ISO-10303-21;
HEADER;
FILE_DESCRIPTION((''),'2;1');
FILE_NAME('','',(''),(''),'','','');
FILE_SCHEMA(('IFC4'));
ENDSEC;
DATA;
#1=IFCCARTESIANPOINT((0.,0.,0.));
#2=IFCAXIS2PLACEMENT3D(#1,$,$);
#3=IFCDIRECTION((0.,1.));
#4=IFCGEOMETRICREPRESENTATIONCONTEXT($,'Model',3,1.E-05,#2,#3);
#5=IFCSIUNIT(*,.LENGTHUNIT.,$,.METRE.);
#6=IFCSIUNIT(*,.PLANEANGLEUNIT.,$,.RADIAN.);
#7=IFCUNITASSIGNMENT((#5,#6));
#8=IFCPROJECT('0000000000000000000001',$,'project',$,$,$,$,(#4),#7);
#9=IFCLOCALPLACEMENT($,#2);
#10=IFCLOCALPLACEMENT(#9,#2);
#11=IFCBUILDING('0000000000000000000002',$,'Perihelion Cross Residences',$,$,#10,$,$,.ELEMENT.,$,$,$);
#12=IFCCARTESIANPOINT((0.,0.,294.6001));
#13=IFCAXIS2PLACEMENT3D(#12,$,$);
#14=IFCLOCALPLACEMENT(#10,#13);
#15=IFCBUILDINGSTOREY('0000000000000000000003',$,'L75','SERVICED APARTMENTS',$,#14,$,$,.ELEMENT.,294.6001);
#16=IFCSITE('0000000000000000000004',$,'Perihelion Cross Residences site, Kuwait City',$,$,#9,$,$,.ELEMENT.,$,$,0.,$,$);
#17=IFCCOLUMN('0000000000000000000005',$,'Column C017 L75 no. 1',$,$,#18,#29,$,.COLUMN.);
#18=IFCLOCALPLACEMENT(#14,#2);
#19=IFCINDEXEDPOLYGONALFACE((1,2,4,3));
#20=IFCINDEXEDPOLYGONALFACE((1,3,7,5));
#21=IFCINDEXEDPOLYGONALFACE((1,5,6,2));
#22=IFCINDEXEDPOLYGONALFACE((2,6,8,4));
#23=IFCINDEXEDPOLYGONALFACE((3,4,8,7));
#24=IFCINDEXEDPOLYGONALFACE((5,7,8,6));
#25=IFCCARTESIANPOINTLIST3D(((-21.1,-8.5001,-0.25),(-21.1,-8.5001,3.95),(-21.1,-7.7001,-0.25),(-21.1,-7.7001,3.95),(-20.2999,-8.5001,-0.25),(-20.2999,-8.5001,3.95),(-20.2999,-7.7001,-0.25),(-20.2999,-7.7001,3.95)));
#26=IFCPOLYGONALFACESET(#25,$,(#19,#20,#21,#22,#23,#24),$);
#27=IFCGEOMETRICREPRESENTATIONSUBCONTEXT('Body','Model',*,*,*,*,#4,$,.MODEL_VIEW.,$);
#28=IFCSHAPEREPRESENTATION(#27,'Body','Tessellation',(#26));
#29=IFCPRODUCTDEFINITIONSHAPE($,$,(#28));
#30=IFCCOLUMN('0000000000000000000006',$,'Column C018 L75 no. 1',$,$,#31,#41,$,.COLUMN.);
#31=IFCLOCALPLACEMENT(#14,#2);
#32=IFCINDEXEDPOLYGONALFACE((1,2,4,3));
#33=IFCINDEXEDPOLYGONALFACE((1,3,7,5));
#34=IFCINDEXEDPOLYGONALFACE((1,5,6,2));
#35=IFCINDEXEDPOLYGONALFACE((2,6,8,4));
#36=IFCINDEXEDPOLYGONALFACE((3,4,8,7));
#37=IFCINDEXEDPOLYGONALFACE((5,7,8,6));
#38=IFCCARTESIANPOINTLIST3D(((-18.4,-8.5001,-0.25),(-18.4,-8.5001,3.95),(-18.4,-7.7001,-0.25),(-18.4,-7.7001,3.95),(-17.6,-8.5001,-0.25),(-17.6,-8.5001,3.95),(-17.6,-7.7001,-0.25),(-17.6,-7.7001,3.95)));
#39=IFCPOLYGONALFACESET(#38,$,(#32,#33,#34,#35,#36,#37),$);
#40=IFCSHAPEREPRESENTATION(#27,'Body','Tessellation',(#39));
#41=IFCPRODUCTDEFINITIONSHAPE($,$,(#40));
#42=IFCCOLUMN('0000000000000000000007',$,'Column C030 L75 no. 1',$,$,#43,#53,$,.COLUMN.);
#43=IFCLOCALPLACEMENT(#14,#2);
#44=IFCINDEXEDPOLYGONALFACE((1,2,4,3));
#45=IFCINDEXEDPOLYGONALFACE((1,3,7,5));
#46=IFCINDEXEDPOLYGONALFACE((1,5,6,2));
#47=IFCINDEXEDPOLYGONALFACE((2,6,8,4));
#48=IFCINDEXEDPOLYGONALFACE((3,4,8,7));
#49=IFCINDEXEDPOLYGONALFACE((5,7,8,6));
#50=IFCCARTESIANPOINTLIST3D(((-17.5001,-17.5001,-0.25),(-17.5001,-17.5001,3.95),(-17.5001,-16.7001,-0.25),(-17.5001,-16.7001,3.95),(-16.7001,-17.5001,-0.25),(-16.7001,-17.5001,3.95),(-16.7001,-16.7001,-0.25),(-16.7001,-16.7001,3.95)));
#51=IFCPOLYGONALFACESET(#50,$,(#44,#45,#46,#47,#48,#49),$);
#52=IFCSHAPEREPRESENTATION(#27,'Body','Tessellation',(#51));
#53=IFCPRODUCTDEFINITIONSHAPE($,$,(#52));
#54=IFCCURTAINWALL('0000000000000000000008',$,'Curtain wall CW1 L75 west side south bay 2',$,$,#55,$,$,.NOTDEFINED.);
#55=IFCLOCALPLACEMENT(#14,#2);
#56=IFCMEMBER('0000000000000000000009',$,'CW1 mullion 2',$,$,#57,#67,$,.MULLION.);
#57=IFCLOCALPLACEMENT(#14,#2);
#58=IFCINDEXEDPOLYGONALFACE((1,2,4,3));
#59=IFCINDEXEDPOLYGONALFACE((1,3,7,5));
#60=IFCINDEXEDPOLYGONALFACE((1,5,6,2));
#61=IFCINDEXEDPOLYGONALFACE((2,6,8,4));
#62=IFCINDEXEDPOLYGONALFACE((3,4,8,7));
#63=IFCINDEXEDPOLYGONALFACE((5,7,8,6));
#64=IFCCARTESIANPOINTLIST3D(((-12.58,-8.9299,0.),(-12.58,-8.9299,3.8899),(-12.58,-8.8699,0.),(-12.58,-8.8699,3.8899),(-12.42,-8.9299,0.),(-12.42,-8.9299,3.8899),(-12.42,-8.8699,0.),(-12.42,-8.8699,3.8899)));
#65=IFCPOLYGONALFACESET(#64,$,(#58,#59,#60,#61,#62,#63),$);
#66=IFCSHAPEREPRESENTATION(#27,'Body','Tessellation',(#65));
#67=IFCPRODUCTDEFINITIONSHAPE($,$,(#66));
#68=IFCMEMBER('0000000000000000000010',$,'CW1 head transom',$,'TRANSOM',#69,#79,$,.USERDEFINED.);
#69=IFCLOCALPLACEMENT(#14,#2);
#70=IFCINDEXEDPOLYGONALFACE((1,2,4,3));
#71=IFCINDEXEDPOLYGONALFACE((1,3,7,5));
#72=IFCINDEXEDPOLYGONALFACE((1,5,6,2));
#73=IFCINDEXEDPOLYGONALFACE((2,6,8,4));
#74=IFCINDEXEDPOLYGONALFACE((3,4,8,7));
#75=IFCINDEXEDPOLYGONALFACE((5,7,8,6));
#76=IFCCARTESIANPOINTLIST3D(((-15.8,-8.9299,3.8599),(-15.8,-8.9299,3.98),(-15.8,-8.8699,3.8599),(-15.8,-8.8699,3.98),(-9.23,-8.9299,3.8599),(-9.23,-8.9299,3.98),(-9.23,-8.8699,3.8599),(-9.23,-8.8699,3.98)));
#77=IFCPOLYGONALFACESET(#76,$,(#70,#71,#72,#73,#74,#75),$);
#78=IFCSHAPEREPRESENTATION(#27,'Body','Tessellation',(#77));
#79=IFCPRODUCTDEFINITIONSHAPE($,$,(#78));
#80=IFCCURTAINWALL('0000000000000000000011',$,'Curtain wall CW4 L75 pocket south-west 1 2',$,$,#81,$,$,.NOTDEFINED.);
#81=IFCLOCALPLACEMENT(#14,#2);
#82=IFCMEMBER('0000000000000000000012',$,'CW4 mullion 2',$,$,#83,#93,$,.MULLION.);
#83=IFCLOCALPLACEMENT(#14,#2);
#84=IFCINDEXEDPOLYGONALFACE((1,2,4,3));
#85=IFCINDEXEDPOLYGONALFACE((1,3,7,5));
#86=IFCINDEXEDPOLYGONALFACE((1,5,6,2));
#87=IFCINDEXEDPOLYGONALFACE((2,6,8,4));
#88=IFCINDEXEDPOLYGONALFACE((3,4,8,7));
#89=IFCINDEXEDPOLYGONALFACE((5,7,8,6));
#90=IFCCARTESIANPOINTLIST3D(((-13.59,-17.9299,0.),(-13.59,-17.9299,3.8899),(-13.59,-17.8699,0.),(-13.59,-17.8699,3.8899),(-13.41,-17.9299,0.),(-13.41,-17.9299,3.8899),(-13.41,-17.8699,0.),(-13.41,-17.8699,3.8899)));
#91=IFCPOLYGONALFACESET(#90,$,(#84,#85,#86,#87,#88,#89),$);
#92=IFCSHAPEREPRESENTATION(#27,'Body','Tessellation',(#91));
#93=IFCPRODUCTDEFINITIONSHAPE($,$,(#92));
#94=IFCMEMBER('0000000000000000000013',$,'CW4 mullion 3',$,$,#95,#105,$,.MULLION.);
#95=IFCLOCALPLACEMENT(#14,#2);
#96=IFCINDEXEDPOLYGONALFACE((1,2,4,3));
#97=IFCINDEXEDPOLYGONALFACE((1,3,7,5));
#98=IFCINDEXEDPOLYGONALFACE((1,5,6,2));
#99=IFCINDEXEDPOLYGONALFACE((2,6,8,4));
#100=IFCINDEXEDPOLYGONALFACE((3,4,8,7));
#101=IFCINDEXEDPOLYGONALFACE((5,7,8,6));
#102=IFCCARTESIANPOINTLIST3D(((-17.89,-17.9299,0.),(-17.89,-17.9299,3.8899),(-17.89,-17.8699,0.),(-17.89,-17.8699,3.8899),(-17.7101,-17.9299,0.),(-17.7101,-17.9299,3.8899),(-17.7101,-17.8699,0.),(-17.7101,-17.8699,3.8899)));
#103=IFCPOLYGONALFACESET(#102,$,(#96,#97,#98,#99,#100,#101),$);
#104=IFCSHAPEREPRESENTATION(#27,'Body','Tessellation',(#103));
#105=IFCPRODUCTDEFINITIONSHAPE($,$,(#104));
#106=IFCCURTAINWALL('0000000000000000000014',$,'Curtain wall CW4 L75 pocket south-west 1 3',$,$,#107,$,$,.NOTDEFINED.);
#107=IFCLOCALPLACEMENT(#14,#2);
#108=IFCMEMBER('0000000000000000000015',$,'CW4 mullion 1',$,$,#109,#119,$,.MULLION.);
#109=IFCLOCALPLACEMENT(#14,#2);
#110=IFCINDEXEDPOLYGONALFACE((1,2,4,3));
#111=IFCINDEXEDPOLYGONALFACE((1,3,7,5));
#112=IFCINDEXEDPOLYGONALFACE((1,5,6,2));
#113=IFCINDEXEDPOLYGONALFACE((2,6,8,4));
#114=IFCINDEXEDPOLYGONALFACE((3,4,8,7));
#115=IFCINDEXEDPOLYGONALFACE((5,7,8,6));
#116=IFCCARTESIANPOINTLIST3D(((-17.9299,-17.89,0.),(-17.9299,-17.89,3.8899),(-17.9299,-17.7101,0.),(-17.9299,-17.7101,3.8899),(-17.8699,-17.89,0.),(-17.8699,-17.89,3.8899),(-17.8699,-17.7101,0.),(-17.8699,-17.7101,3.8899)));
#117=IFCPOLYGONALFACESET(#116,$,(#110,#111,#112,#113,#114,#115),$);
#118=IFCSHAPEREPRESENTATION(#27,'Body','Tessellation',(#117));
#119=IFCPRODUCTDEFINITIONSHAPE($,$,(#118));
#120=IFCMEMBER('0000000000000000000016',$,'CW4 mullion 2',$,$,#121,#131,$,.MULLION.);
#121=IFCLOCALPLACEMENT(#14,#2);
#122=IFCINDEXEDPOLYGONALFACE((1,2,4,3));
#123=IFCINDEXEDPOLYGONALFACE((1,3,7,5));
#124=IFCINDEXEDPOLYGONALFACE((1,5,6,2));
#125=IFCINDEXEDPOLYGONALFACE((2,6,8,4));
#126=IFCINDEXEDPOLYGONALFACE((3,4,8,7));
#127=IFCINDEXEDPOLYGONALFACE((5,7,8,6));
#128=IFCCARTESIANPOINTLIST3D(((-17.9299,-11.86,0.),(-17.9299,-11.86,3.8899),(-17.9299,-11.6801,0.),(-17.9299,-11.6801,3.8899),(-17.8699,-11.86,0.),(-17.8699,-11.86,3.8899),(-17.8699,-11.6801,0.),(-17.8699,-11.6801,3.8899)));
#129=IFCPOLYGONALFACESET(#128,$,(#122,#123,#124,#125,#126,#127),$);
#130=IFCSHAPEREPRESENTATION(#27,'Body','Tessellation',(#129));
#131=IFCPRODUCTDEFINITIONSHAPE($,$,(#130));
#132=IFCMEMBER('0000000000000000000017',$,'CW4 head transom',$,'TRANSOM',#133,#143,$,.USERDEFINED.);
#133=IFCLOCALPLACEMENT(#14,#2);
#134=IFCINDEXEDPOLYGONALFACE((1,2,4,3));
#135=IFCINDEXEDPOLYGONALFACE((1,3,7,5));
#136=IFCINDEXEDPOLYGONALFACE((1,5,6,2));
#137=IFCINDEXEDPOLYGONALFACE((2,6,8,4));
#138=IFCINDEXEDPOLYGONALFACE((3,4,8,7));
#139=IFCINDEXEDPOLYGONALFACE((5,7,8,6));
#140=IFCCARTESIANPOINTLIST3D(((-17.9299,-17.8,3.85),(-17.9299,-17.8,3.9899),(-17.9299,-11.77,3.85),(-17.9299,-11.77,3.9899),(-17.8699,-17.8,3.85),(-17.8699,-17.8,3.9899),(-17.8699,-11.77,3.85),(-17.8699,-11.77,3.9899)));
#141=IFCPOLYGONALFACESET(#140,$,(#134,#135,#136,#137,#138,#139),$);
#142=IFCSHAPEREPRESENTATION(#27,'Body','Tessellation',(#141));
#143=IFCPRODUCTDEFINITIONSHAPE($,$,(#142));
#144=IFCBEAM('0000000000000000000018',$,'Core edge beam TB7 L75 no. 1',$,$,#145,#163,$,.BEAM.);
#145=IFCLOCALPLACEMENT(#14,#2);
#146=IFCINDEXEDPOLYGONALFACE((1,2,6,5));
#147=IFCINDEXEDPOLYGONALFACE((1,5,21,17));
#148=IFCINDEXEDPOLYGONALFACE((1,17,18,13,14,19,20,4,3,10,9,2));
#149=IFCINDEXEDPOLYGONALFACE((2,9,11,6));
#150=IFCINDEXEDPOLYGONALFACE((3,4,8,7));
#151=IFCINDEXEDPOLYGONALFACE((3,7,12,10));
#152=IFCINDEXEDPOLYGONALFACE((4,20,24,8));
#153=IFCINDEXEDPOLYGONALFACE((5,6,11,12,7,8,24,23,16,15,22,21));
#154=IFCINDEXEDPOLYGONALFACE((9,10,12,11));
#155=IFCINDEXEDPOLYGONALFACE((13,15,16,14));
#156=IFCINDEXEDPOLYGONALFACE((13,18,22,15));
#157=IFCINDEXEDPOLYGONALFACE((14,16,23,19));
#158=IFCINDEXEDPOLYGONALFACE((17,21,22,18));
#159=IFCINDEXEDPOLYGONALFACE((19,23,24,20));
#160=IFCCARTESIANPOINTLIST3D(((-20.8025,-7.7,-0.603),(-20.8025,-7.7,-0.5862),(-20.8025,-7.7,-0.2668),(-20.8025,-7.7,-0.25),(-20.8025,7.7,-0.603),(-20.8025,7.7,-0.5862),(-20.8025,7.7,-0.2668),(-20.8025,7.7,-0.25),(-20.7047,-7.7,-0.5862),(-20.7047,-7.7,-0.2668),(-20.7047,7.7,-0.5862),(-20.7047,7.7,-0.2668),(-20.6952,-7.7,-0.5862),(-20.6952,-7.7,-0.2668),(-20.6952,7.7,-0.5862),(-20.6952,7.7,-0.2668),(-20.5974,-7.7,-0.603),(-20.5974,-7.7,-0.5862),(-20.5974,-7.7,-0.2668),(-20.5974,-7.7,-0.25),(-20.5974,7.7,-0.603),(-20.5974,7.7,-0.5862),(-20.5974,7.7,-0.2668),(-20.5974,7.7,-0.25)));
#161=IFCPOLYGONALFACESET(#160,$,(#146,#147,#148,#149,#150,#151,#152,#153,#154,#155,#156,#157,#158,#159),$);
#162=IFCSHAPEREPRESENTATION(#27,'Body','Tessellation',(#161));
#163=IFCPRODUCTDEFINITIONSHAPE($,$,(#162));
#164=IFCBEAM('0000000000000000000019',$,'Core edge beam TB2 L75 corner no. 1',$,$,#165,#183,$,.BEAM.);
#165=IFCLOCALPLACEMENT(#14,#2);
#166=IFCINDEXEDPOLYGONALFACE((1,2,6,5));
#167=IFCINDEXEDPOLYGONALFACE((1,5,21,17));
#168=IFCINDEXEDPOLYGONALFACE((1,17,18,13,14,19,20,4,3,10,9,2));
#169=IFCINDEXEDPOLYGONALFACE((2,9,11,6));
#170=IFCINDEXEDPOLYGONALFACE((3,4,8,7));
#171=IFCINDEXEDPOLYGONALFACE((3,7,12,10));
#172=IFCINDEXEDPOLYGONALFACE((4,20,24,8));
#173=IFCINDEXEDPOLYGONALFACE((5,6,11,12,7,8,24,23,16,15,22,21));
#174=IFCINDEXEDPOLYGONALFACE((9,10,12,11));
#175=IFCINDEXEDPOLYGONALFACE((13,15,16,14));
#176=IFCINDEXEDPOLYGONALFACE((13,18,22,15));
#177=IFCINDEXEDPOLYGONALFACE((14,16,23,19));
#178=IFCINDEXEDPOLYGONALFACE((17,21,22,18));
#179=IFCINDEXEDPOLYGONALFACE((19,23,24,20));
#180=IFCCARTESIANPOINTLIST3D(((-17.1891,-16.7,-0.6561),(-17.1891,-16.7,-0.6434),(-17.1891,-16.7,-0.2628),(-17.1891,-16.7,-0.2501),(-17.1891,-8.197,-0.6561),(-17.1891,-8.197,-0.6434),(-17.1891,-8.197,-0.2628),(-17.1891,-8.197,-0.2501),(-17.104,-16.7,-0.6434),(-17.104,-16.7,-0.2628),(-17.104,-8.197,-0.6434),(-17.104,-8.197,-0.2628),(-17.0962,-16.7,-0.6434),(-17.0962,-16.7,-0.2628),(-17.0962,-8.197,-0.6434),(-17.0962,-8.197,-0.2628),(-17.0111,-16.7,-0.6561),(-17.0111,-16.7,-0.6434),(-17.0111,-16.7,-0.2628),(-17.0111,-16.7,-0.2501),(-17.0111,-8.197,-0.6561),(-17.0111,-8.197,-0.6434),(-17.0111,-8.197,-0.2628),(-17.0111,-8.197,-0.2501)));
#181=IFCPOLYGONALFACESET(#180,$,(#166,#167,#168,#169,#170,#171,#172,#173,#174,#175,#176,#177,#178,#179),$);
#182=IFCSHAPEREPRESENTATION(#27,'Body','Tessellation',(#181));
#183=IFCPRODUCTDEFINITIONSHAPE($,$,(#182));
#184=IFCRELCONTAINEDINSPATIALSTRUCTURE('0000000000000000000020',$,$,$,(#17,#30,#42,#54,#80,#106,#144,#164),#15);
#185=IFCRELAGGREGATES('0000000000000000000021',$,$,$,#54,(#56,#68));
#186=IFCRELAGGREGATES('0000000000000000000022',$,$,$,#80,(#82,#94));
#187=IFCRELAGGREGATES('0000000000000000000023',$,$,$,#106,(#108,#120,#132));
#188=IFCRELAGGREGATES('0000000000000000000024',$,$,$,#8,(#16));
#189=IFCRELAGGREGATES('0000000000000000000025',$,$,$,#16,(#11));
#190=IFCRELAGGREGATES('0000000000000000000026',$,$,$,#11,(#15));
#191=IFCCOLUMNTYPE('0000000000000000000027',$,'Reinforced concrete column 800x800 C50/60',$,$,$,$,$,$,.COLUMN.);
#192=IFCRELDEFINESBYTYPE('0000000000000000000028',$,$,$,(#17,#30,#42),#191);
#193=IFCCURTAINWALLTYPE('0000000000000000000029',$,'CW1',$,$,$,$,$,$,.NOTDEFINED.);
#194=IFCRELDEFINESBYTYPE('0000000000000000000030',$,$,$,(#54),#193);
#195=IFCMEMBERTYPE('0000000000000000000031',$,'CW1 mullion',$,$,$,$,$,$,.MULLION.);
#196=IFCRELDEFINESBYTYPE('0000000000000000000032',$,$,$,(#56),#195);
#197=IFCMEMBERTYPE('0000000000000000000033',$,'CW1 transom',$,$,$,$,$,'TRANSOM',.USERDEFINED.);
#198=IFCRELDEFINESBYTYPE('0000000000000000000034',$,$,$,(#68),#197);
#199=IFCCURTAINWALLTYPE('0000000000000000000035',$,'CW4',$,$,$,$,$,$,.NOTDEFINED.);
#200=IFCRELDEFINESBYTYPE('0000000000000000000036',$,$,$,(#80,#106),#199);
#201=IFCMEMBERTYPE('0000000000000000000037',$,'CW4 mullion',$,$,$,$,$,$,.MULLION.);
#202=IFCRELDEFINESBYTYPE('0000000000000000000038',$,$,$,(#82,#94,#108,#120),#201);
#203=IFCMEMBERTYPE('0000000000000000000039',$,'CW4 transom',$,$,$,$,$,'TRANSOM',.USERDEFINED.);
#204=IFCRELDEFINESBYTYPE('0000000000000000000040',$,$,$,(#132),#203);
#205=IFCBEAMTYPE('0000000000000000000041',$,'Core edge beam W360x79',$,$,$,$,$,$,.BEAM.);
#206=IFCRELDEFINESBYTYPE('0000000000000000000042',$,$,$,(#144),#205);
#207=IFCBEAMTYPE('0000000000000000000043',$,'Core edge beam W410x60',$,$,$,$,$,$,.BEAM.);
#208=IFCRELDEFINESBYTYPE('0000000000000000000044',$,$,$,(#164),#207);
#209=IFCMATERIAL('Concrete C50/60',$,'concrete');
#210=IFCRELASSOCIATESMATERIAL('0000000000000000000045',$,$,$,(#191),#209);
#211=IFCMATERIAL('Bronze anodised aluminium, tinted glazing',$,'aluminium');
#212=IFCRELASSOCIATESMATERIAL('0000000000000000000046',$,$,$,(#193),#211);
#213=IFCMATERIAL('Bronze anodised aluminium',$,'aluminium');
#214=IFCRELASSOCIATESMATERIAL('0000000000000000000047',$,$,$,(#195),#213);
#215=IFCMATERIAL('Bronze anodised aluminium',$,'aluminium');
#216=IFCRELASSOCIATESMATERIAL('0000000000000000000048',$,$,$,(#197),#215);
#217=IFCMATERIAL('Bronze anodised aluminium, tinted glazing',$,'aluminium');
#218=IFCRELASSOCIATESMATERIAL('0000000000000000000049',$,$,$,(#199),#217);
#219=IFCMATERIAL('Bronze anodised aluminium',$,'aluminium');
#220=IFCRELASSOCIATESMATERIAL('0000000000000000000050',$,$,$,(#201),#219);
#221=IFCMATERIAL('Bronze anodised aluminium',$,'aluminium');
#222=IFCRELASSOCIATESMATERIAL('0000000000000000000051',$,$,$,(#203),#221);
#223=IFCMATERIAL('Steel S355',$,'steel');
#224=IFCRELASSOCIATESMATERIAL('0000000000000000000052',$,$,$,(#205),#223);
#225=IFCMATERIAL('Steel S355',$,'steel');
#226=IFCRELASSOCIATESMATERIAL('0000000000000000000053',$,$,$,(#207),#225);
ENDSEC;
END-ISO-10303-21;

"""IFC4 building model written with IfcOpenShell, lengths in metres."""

from ifc_helpers import new_model, si_unit, direction, frame, origin, origin_2d, place, context, subcontext, project, spatial, rectangle, i_section, extrude, material, material_profile, profile_set, type_object, element, aggregate, save


model = new_model("IFC4")

# Units and contexts
model_context = context("Model", 3, precision=1e-05, world=origin(), true_north=direction((0.0, 1.0)))
body_context = subcontext(model_context, "Body", "Model", "MODEL_VIEW")
ifc_project = project(units=[si_unit("LENGTHUNIT", "METRE"), si_unit("PLANEANGLEUNIT", "RADIAN")], contexts=[model_context])

# Site, building, storey
site_placement = place(None, origin())
site = spatial("IfcSite", under=ifc_project, at=site_placement, Name="Perihelion Cross Residences site, Kuwait City", CompositionType="ELEMENT", RefElevation=0.0)
building_placement = place(site_placement, origin())
building = spatial("IfcBuilding", under=site, at=building_placement, Name="Perihelion Cross Residences", CompositionType="ELEMENT")
storey_placement = place(building_placement, frame((0.0, 0.0, 294.6001)))
storey = spatial("IfcBuildingStorey", under=building, at=storey_placement, Name="L75", Description="SERVICED APARTMENTS", CompositionType="ELEMENT", Elevation=294.6001)

# Columns
ifc_material_1 = material(Name="Concrete C50/60", Category="concrete")
ifc_material_profile_1 = material_profile(ifc_material_1, rectangle(XDim=0.8, YDim=0.8, at=origin_2d()), Name="RC 800x800")
ifc_profile_set_1 = profile_set([ifc_material_profile_1], Name="Concrete C50/60")
column_type = type_object("IfcColumnType", Name="Reinforced concrete column 800x800 C50/60", PredefinedType="COLUMN", material=ifc_profile_set_1)
for number, where, z_axis, x_axis, name in (
    (1, (-20.7, -8.1001, -0.25), (0.0, 0.0, 1.0), (1.0, 0.0, 0.0), "Column C017 L75 no. 1"),
    (2, (-18.0, -8.1001, -0.25), (0.0, 0.0, 1.0), (1.0, 0.0, 0.0), "Column C018 L75 no. 1"),
    (3, (-17.1001, -17.1001, -0.25), (0.0, 0.0, 1.0), (1.0, 0.0, 0.0), "Column C030 L75 no. 1"),
):
    element("IfcColumn", number, at=place(storey_placement, frame(where, z_axis=z_axis, x_axis=x_axis)), inside=storey, type_object=column_type, Name=name, PredefinedType="COLUMN", context=body_context, shape_type="SweptSolid", body=[
        extrude(rectangle(XDim=0.8, YDim=0.8, at=origin_2d()), origin(), (0.0, 0.0, 1.0), 4.2),
    ])

# Curtain walls, members
ifc_material_2 = material(Name="Bronze anodised aluminium, tinted glazing", Category="aluminium")
curtain_wall_type_1 = type_object("IfcCurtainWallType", Name="CW1", PredefinedType="NOTDEFINED", material=ifc_material_2)
curtain_wall_1_placement = place(storey_placement, origin())
curtain_wall_1 = element("IfcCurtainWall", 4, at=curtain_wall_1_placement, inside=storey, type_object=curtain_wall_type_1, Name="Curtain wall CW1 L75 west side south bay 2", PredefinedType="NOTDEFINED")
ifc_material_3 = material(Name="Bronze anodised aluminium", Category="aluminium")
ifc_material_profile_2 = material_profile(ifc_material_3, rectangle(XDim=0.0601, YDim=0.1599, at=origin_2d()), Name="CW1 mullion")
ifc_profile_set_2 = profile_set([ifc_material_profile_2], Name="Bronze anodised aluminium")
member_type_1 = type_object("IfcMemberType", Name="CW1 mullion", PredefinedType="MULLION", material=ifc_profile_set_2)
member_1_placement = place(storey_placement, frame((-12.5, -8.8999, 0.0), z_axis=(0.0, 0.0, 1.0), x_axis=(0.0, 1.0, 0.0)))
member_1 = element("IfcMember", 5, at=member_1_placement, type_object=member_type_1, Name="CW1 mullion 2", PredefinedType="MULLION", context=body_context, shape_type="SweptSolid", body=[
    extrude(rectangle(XDim=0.0601, YDim=0.1599, at=origin_2d()), origin(), (0.0, 0.0, 1.0), 3.8899),
])
ifc_material_4 = material(Name="Bronze anodised aluminium", Category="aluminium")
ifc_material_profile_3 = material_profile(ifc_material_4, rectangle(XDim=0.0601, YDim=0.1201, at=origin_2d()), Name="CW1 transom")
ifc_profile_set_3 = profile_set([ifc_material_profile_3], Name="Bronze anodised aluminium")
member_type_2 = type_object("IfcMemberType", Name="CW1 transom", ElementType="TRANSOM", PredefinedType="USERDEFINED", material=ifc_profile_set_3)
member_2_placement = place(storey_placement, frame((-15.8, -8.8999, 3.9199), z_axis=(1.0, 0.0, 0.0), x_axis=(0.0, 1.0, 0.0)))
member_2 = element("IfcMember", 6, at=member_2_placement, type_object=member_type_2, Name="CW1 head transom", ObjectType="TRANSOM", PredefinedType="USERDEFINED", context=body_context, shape_type="SweptSolid", body=[
    extrude(rectangle(XDim=0.0601, YDim=0.1201, at=origin_2d()), origin(), (0.0, 0.0, 1.0), 6.5701),
])
ifc_material_5 = material(Name="Bronze anodised aluminium, tinted glazing", Category="aluminium")
curtain_wall_type_2 = type_object("IfcCurtainWallType", Name="CW4", PredefinedType="NOTDEFINED", material=ifc_material_5)
curtain_wall_2_placement = place(storey_placement, origin())
curtain_wall_2 = element("IfcCurtainWall", 7, at=curtain_wall_2_placement, inside=storey, type_object=curtain_wall_type_2, Name="Curtain wall CW4 L75 pocket south-west 1 2", PredefinedType="NOTDEFINED")
ifc_material_6 = material(Name="Bronze anodised aluminium", Category="aluminium")
ifc_material_profile_4 = material_profile(ifc_material_6, rectangle(XDim=0.0601, YDim=0.1799, at=origin_2d()), Name="CW4 mullion")
ifc_profile_set_4 = profile_set([ifc_material_profile_4], Name="Bronze anodised aluminium")
member_type_3 = type_object("IfcMemberType", Name="CW4 mullion", PredefinedType="MULLION", material=ifc_profile_set_4)
member_3_placement = place(storey_placement, frame((-13.5, -17.8999, 0.0), z_axis=(0.0, 0.0, 1.0), x_axis=(0.0, -1.0, 0.0)))
member_3 = element("IfcMember", 8, at=member_3_placement, type_object=member_type_3, Name="CW4 mullion 2", PredefinedType="MULLION", context=body_context, shape_type="SweptSolid", body=[
    extrude(rectangle(XDim=0.0601, YDim=0.1799, at=origin_2d()), origin(), (0.0, 0.0, 1.0), 3.8899),
])
member_4_placement = place(storey_placement, frame((-17.8, -17.8999, 0.0), z_axis=(0.0, 0.0, 1.0), x_axis=(0.0, -1.0, 0.0)))
member_4 = element("IfcMember", 9, at=member_4_placement, type_object=member_type_3, Name="CW4 mullion 3", PredefinedType="MULLION", context=body_context, shape_type="SweptSolid", body=[
    extrude(rectangle(XDim=0.0601, YDim=0.1799, at=origin_2d()), origin(), (0.0, 0.0, 1.0), 3.8899),
])
curtain_wall_3_placement = place(storey_placement, origin())
curtain_wall_3 = element("IfcCurtainWall", 10, at=curtain_wall_3_placement, inside=storey, type_object=curtain_wall_type_2, Name="Curtain wall CW4 L75 pocket south-west 1 3", PredefinedType="NOTDEFINED")
member_5_placement = place(storey_placement, frame((-17.8999, -17.8, 0.0), z_axis=(0.0, 0.0, 1.0), x_axis=(-1.0, 0.0, 0.0)))
member_5 = element("IfcMember", 11, at=member_5_placement, type_object=member_type_3, Name="CW4 mullion 1", PredefinedType="MULLION", context=body_context, shape_type="SweptSolid", body=[
    extrude(rectangle(XDim=0.0601, YDim=0.1799, at=origin_2d()), origin(), (0.0, 0.0, 1.0), 3.8899),
])
member_6_placement = place(storey_placement, frame((-17.8999, -11.77, 0.0), z_axis=(0.0, 0.0, 1.0), x_axis=(-1.0, 0.0, 0.0)))
member_6 = element("IfcMember", 12, at=member_6_placement, type_object=member_type_3, Name="CW4 mullion 2", PredefinedType="MULLION", context=body_context, shape_type="SweptSolid", body=[
    extrude(rectangle(XDim=0.0601, YDim=0.1799, at=origin_2d()), origin(), (0.0, 0.0, 1.0), 3.8899),
])
ifc_material_7 = material(Name="Bronze anodised aluminium", Category="aluminium")
ifc_material_profile_5 = material_profile(ifc_material_7, rectangle(XDim=0.0601, YDim=0.1399, at=origin_2d()), Name="CW4 transom")
ifc_profile_set_5 = profile_set([ifc_material_profile_5], Name="Bronze anodised aluminium")
member_type_4 = type_object("IfcMemberType", Name="CW4 transom", ElementType="TRANSOM", PredefinedType="USERDEFINED", material=ifc_profile_set_5)
member_7_placement = place(storey_placement, frame((-17.8999, -17.8, 3.9199), z_axis=(0.0, 1.0, 0.0), x_axis=(-1.0, 0.0, 0.0)))
member_7 = element("IfcMember", 13, at=member_7_placement, type_object=member_type_4, Name="CW4 head transom", ObjectType="TRANSOM", PredefinedType="USERDEFINED", context=body_context, shape_type="SweptSolid", body=[
    extrude(rectangle(XDim=0.0601, YDim=0.1399, at=origin_2d()), origin(), (0.0, 0.0, 1.0), 6.03),
])

# Beams
ifc_material_8 = material(Name="Steel S355", Category="steel")
ifc_material_profile_6 = material_profile(ifc_material_8, i_section(OverallWidth=0.2051, OverallDepth=0.353, WebThickness=0.0095, FlangeThickness=0.0168, at=origin_2d()), Name="W360x79")
ifc_profile_set_6 = profile_set([ifc_material_profile_6], Name="Steel S355")
beam_type_1 = type_object("IfcBeamType", Name="Core edge beam W360x79", PredefinedType="BEAM", material=ifc_profile_set_6)
beam_1_placement = place(storey_placement, frame((-20.7, -7.7, -0.4265), z_axis=(0.0, 1.0, 0.0), x_axis=(-1.0, 0.0, 0.0)))
element("IfcBeam", 14, at=beam_1_placement, inside=storey, type_object=beam_type_1, Name="Core edge beam TB7 L75 no. 1", PredefinedType="BEAM", context=body_context, shape_type="SweptSolid", body=[
    extrude(i_section(OverallWidth=0.2051, OverallDepth=0.353, WebThickness=0.0095, FlangeThickness=0.0168, at=origin_2d()), origin(), (0.0, 0.0, 1.0), 15.3999),
])
ifc_material_9 = material(Name="Steel S355", Category="steel")
ifc_material_profile_7 = material_profile(ifc_material_9, i_section(OverallWidth=0.178, OverallDepth=0.406, WebThickness=0.0078, FlangeThickness=0.0127, at=origin_2d()), Name="W410x60")
ifc_profile_set_7 = profile_set([ifc_material_profile_7], Name="Steel S355")
beam_type_2 = type_object("IfcBeamType", Name="Core edge beam W410x60", PredefinedType="BEAM", material=ifc_profile_set_7)
beam_2_placement = place(storey_placement, frame((-17.1001, -8.197, -0.4531), z_axis=(0.0, -1.0, 0.0), x_axis=(1.0, 0.0, 0.0)))
element("IfcBeam", 15, at=beam_2_placement, inside=storey, type_object=beam_type_2, Name="Core edge beam TB2 L75 corner no. 1", PredefinedType="BEAM", context=body_context, shape_type="SweptSolid", body=[
    extrude(i_section(OverallWidth=0.178, OverallDepth=0.406, WebThickness=0.0078, FlangeThickness=0.0127, at=origin_2d()), origin(), (0.0, 0.0, 1.0), 8.5029),
])

aggregate(curtain_wall_1, [member_1, member_2])
aggregate(curtain_wall_2, [member_3, member_4])
aggregate(curtain_wall_3, [member_5, member_6, member_7])

save(model, "model.ifc")
